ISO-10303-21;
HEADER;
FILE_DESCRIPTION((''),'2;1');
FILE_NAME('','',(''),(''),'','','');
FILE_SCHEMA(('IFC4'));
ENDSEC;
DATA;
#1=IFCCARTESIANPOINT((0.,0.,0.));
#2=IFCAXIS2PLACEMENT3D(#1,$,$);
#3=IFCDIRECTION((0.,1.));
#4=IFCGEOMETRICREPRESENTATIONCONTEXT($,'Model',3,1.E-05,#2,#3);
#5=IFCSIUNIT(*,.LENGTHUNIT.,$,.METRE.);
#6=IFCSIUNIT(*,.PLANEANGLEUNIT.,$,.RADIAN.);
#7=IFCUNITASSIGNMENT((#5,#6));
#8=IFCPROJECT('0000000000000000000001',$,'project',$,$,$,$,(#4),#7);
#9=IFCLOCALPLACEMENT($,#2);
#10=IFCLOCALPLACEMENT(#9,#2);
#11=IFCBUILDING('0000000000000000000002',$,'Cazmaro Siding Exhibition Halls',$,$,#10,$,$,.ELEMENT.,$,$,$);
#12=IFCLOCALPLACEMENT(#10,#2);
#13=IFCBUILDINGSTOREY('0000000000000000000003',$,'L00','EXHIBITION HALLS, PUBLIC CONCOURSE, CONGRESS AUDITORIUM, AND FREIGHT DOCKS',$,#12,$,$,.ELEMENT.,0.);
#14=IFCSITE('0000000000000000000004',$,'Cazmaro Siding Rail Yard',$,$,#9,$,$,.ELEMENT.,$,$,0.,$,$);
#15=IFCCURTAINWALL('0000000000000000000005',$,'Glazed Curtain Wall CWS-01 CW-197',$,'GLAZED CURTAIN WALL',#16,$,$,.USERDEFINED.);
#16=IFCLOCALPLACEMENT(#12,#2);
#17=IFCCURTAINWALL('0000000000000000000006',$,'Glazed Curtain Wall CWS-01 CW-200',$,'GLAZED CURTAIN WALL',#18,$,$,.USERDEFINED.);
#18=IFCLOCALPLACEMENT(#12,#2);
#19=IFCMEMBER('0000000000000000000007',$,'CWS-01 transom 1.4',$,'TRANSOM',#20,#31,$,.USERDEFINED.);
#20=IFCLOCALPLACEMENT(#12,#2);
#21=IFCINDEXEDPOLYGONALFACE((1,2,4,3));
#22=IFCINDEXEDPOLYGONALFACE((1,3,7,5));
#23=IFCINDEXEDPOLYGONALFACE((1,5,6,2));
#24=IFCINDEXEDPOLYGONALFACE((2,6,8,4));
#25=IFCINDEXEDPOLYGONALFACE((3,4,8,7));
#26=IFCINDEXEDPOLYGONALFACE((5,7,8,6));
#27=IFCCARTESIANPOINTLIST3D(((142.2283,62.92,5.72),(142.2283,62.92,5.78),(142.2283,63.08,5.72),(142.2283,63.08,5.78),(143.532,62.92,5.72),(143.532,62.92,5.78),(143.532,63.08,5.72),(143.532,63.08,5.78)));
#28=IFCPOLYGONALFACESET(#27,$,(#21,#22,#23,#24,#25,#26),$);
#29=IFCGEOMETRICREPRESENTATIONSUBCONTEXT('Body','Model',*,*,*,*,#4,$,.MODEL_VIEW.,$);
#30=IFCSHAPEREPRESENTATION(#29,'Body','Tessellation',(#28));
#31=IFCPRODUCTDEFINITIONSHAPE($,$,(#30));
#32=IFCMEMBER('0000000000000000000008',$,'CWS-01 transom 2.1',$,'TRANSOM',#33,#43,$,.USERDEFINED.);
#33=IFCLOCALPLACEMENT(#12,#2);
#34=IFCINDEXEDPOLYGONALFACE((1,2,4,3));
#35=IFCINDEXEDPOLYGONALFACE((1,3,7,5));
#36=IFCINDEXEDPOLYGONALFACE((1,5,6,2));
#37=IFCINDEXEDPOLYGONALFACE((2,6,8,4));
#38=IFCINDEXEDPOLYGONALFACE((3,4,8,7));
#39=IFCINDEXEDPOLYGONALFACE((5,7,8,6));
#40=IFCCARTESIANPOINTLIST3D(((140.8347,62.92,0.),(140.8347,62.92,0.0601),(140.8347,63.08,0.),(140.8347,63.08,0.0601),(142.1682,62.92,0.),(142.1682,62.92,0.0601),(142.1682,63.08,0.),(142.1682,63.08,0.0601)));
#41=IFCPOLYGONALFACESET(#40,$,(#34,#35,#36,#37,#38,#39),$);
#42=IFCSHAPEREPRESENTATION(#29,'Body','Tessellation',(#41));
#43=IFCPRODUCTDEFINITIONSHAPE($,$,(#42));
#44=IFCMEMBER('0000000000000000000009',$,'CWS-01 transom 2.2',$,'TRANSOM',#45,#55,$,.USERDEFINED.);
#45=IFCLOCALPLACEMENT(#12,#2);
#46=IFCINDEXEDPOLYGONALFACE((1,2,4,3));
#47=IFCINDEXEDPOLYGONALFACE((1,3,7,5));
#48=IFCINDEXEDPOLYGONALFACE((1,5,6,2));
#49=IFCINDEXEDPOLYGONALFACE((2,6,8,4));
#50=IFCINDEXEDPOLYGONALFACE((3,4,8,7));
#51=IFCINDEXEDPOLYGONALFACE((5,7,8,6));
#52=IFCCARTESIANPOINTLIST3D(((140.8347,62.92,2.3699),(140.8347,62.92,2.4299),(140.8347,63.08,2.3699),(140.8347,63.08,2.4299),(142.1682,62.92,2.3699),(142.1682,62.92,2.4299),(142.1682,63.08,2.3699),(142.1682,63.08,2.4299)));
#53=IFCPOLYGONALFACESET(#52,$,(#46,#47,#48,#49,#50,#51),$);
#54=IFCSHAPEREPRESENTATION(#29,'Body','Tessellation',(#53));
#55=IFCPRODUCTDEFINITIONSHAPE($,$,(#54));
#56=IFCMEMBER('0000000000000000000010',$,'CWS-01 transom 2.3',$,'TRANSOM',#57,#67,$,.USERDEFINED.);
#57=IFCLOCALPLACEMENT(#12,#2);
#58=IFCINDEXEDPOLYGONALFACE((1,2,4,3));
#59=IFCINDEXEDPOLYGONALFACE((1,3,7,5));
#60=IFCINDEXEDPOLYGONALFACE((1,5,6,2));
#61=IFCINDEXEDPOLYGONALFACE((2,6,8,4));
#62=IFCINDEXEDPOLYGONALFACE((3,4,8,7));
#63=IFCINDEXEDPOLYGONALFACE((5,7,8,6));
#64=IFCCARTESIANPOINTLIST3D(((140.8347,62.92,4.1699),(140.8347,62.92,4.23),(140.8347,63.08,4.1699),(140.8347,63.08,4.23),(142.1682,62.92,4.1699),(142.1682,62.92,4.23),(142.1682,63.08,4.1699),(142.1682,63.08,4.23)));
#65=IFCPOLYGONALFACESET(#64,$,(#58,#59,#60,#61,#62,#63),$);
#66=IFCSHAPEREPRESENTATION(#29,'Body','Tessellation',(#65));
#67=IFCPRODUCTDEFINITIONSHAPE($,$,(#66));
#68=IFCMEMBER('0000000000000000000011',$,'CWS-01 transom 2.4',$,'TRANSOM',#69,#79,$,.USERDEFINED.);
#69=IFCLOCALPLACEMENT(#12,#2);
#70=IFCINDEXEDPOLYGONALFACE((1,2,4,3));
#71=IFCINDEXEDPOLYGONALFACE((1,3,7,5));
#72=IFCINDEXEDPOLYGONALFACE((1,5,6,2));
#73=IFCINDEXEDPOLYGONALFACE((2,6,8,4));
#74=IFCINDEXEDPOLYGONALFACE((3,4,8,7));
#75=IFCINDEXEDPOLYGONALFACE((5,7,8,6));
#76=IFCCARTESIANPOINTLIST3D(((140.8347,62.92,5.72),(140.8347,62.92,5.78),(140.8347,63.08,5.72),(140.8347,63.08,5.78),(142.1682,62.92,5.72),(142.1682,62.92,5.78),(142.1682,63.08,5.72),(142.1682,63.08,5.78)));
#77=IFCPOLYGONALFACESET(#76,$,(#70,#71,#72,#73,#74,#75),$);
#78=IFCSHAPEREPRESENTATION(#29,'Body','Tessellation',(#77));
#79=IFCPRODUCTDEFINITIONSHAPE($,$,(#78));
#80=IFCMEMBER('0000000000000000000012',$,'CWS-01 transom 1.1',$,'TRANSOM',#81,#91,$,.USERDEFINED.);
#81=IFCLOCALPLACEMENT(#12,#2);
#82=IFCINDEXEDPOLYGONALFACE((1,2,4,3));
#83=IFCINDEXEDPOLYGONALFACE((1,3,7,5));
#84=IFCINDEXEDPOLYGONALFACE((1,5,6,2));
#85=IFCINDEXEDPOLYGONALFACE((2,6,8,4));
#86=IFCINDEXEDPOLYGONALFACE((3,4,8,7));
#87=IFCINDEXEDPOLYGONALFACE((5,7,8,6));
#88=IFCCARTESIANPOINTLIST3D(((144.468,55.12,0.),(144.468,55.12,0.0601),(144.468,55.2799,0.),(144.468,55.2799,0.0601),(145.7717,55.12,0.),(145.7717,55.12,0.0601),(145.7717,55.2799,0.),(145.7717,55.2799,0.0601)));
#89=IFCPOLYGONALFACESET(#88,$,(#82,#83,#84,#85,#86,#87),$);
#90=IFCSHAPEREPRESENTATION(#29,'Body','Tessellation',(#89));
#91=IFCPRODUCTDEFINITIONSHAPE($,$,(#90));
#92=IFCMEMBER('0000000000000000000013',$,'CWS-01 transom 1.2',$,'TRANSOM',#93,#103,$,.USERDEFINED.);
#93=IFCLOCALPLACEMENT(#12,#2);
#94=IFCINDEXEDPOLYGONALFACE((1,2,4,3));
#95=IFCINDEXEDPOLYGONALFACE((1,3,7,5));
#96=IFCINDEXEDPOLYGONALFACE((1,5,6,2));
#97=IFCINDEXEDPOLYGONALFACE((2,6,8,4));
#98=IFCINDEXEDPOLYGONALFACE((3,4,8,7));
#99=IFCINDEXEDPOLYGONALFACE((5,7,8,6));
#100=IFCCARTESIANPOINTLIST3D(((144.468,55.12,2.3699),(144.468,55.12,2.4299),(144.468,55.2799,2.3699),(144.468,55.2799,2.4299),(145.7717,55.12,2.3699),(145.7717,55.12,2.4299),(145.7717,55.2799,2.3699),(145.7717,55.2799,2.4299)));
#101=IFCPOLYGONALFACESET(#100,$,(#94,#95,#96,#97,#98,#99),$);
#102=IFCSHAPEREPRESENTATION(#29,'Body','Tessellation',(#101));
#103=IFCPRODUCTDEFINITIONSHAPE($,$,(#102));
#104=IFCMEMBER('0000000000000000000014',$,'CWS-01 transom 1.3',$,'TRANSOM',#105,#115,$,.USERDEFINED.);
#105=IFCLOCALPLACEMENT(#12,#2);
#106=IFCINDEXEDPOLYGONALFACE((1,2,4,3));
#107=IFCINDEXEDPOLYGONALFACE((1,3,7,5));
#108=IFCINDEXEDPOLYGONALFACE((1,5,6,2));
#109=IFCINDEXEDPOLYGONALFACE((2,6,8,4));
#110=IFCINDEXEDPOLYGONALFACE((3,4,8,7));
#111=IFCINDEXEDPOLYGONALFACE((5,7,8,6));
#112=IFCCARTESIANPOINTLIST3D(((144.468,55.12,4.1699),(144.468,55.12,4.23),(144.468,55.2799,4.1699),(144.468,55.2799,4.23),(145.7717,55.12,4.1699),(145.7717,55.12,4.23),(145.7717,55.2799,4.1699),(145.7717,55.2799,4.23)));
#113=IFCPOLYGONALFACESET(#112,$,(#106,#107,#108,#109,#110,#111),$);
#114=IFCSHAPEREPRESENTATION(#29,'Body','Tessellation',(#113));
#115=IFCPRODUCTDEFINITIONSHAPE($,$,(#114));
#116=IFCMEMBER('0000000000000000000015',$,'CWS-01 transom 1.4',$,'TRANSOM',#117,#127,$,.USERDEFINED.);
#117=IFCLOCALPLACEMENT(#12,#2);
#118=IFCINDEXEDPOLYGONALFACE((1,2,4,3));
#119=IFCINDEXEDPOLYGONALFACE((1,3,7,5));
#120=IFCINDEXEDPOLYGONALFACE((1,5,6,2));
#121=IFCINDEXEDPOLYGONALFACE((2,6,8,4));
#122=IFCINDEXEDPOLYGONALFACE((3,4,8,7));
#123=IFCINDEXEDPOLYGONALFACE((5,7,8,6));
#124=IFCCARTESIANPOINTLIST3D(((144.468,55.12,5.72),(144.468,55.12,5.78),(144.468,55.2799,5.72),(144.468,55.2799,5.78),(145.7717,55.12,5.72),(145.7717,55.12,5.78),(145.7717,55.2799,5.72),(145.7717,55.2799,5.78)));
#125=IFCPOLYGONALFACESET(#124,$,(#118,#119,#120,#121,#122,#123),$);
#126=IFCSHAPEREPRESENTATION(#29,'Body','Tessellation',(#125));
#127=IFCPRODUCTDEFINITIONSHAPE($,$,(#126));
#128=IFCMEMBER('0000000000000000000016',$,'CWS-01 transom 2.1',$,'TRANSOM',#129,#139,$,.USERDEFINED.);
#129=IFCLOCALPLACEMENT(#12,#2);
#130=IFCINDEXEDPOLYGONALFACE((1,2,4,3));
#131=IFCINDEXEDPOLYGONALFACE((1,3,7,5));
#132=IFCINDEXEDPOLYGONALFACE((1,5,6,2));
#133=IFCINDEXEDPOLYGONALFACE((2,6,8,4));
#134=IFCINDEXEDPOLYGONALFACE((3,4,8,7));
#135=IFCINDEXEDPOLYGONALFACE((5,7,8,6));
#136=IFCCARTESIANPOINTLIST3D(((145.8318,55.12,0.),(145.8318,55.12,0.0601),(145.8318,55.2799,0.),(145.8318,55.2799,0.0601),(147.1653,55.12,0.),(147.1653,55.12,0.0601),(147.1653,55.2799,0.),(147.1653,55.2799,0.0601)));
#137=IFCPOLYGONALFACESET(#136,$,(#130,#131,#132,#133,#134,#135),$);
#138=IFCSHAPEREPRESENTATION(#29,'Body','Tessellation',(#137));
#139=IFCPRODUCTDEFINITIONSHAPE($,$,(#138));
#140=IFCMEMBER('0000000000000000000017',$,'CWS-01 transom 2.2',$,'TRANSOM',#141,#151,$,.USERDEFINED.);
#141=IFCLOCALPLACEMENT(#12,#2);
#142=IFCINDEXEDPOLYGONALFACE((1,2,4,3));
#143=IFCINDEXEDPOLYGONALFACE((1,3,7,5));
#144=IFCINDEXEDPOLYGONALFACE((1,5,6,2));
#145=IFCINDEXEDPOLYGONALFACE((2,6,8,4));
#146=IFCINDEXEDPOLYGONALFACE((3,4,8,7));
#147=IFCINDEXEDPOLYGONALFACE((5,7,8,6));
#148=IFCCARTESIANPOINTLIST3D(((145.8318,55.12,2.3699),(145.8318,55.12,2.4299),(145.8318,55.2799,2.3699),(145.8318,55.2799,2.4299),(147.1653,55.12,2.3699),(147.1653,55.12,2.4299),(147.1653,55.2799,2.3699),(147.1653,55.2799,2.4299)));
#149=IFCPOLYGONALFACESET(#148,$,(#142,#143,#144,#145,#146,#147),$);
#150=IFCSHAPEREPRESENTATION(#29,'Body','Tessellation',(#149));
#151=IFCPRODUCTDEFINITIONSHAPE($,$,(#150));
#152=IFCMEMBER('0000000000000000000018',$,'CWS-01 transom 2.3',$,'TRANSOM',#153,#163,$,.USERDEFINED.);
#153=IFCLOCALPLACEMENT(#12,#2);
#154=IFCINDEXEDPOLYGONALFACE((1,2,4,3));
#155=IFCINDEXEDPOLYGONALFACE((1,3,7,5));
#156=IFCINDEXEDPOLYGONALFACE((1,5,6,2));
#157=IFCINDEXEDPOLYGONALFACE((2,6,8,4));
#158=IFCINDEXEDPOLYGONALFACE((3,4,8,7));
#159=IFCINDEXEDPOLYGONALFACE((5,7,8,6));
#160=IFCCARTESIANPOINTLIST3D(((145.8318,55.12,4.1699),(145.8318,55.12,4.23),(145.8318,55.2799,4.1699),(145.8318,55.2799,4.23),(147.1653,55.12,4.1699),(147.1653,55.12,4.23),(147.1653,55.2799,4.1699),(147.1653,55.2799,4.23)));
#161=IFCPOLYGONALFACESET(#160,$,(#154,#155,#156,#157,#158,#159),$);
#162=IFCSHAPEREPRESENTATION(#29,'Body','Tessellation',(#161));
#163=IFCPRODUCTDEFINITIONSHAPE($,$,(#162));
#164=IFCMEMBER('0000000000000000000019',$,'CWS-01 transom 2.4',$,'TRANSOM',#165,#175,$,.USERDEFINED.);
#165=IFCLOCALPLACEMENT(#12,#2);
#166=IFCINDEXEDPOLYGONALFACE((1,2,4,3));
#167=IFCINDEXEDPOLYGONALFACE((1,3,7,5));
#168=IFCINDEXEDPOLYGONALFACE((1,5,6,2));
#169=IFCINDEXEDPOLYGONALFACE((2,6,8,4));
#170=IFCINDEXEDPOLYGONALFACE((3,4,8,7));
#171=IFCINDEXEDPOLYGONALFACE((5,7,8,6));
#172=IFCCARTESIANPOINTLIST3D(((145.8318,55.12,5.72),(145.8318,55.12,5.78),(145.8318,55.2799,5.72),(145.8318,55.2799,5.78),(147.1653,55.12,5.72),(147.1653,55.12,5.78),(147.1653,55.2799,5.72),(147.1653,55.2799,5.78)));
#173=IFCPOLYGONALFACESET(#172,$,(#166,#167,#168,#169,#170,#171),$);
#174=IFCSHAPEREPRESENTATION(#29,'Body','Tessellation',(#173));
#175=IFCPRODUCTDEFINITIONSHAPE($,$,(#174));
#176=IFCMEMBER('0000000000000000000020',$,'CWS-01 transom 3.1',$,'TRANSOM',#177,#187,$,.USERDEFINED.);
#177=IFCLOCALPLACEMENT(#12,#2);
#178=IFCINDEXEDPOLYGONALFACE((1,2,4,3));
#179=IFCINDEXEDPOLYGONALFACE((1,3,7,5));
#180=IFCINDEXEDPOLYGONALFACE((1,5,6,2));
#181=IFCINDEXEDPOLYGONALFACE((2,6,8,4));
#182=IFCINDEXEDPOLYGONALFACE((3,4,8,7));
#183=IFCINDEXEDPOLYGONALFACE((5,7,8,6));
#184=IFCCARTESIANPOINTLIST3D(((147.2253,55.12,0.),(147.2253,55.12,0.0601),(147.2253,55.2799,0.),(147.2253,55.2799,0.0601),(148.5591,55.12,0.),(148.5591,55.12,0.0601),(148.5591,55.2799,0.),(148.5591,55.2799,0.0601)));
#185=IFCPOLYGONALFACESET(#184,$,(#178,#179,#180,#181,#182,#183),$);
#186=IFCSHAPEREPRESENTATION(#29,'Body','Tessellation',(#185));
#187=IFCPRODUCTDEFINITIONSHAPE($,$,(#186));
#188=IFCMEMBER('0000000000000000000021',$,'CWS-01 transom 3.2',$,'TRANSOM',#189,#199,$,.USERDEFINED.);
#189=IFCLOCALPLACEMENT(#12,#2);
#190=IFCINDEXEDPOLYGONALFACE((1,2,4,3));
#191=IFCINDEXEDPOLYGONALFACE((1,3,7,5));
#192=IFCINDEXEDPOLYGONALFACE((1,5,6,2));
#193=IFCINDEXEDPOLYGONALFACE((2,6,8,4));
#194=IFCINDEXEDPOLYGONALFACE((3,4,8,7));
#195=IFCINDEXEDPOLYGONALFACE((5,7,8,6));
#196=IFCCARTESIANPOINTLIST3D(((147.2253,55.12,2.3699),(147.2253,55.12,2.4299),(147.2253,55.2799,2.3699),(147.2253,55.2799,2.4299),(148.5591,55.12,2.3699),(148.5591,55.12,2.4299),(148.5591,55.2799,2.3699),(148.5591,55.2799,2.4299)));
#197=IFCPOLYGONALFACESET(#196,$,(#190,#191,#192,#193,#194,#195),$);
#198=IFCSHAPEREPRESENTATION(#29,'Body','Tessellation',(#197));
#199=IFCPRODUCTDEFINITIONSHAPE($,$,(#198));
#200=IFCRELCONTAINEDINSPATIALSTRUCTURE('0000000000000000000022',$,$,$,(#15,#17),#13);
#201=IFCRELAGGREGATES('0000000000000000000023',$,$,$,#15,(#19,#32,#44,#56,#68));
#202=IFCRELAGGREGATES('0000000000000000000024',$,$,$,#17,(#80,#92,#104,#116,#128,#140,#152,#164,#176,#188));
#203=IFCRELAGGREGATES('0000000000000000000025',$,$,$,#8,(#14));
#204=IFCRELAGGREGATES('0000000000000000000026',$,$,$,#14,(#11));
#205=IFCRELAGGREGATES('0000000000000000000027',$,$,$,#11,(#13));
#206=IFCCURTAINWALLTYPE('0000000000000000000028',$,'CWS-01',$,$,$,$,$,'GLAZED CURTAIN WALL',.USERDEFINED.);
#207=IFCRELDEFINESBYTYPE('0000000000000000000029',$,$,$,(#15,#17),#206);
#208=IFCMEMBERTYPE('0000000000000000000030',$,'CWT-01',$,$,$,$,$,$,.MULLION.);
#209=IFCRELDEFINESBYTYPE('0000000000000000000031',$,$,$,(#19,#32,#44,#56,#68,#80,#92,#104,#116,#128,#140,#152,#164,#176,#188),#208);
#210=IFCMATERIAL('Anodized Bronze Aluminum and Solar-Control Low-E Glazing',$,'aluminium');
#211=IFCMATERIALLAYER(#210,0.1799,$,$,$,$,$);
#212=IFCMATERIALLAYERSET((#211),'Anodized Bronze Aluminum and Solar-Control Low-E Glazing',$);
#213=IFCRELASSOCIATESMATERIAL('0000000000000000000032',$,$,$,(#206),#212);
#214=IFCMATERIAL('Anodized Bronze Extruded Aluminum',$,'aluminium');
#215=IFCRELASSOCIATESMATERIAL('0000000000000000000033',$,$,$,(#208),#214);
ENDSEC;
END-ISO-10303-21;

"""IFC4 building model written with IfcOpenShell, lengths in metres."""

from ifc_helpers import new_model, si_unit, direction, frame, origin, origin_2d, place, context, subcontext, project, spatial, rectangle, extrude, material, layer, layer_set, material_profile, profile_set, type_object, element, aggregate, save


model = new_model("IFC4")

# Units and contexts
model_context = context("Model", 3, precision=1e-05, world=origin(), true_north=direction((0.0, 1.0)))
body_context = subcontext(model_context, "Body", "Model", "MODEL_VIEW")
ifc_project = project(units=[si_unit("LENGTHUNIT", "METRE"), si_unit("PLANEANGLEUNIT", "RADIAN")], contexts=[model_context])

# Site, building, storey
site_placement = place(None, origin())
site = spatial("IfcSite", under=ifc_project, at=site_placement, Name="Cazmaro Siding Rail Yard", CompositionType="ELEMENT", RefElevation=0.0)
building_placement = place(site_placement, origin())
building = spatial("IfcBuilding", under=site, at=building_placement, Name="Cazmaro Siding Exhibition Halls", CompositionType="ELEMENT")
storey_placement = place(building_placement, origin())
storey = spatial("IfcBuildingStorey", under=building, at=storey_placement, Name="L00", Description="EXHIBITION HALLS, PUBLIC CONCOURSE, CONGRESS AUDITORIUM, AND FREIGHT DOCKS", CompositionType="ELEMENT", Elevation=0.0)

# Curtain walls
ifc_material_1 = material(Name="Anodized Bronze Aluminum and Solar-Control Low-E Glazing", Category="aluminium")
ifc_layer_1 = layer(ifc_material_1, 0.1799)
ifc_layer_set_1 = layer_set([ifc_layer_1], Name="Anodized Bronze Aluminum and Solar-Control Low-E Glazing")
curtain_wall_type = type_object("IfcCurtainWallType", Name="CWS-01", ElementType="GLAZED CURTAIN WALL", PredefinedType="USERDEFINED", material=ifc_layer_set_1)
curtain_wall_1_placement = place(storey_placement, origin())
curtain_wall_1 = element("IfcCurtainWall", 1, at=curtain_wall_1_placement, inside=storey, type_object=curtain_wall_type, Name="Glazed Curtain Wall CWS-01 CW-197", ObjectType="GLAZED CURTAIN WALL", PredefinedType="USERDEFINED")
curtain_wall_2_placement = place(storey_placement, origin())
curtain_wall_2 = element("IfcCurtainWall", 2, at=curtain_wall_2_placement, inside=storey, type_object=curtain_wall_type, Name="Glazed Curtain Wall CWS-01 CW-200", ObjectType="GLAZED CURTAIN WALL", PredefinedType="USERDEFINED")

# Members
ifc_material_2 = material(Name="Anodized Bronze Extruded Aluminum", Category="aluminium")
ifc_material_profile_1 = material_profile(ifc_material_2, rectangle(XDim=0.1599, YDim=0.0601, at=origin_2d()), Name="CWT-01")
ifc_profile_set_1 = profile_set([ifc_material_profile_1], Name="Anodized Bronze Extruded Aluminum")
member_type_1 = type_object("IfcMemberType", Name="CWT-01", PredefinedType="MULLION", material=ifc_profile_set_1)
member_1_placement = place(storey_placement, frame((143.532, 63.0, 5.75), z_axis=(-1.0, 0.0, 0.0), x_axis=(0.0, -1.0, 0.0)))
member_1 = element("IfcMember", 3, at=member_1_placement, type_object=member_type_1, Name="CWS-01 transom 1.4", ObjectType="TRANSOM", PredefinedType="USERDEFINED", context=body_context, shape_type="SweptSolid", body=[
    extrude(rectangle(XDim=0.1599, YDim=0.0601, at=origin_2d()), origin(), (0.0, 0.0, 1.0), 1.3037),
])
member_2_placement = place(storey_placement, frame((142.1682, 63.0, 0.03), z_axis=(-1.0, 0.0, 0.0), x_axis=(0.0, -1.0, 0.0)))
member_2 = element("IfcMember", 4, at=member_2_placement, type_object=member_type_1, Name="CWS-01 transom 2.1", ObjectType="TRANSOM", PredefinedType="USERDEFINED", context=body_context, shape_type="SweptSolid", body=[
    extrude(rectangle(XDim=0.1599, YDim=0.0601, at=origin_2d()), origin(), (0.0, 0.0, 1.0), 1.3335),
])
member_3_placement = place(storey_placement, frame((142.1682, 63.0, 2.3999), z_axis=(-1.0, 0.0, 0.0), x_axis=(0.0, -1.0, 0.0)))
member_3 = element("IfcMember", 5, at=member_3_placement, type_object=member_type_1, Name="CWS-01 transom 2.2", ObjectType="TRANSOM", PredefinedType="USERDEFINED", context=body_context, shape_type="SweptSolid", body=[
    extrude(rectangle(XDim=0.1599, YDim=0.0601, at=origin_2d()), origin(), (0.0, 0.0, 1.0), 1.3335),
])
member_4_placement = place(storey_placement, frame((142.1682, 63.0, 4.2), z_axis=(-1.0, 0.0, 0.0), x_axis=(0.0, -1.0, 0.0)))
member_4 = element("IfcMember", 6, at=member_4_placement, type_object=member_type_1, Name="CWS-01 transom 2.3", ObjectType="TRANSOM", PredefinedType="USERDEFINED", context=body_context, shape_type="SweptSolid", body=[
    extrude(rectangle(XDim=0.1599, YDim=0.0601, at=origin_2d()), origin(), (0.0, 0.0, 1.0), 1.3335),
])
member_5_placement = place(storey_placement, frame((142.1682, 63.0, 5.75), z_axis=(-1.0, 0.0, 0.0), x_axis=(0.0, -1.0, 0.0)))
member_5 = element("IfcMember", 7, at=member_5_placement, type_object=member_type_1, Name="CWS-01 transom 2.4", ObjectType="TRANSOM", PredefinedType="USERDEFINED", context=body_context, shape_type="SweptSolid", body=[
    extrude(rectangle(XDim=0.1599, YDim=0.0601, at=origin_2d()), origin(), (0.0, 0.0, 1.0), 1.3335),
])
member_6_placement = place(storey_placement, frame((144.468, 55.2, 0.03), z_axis=(1.0, 0.0, 0.0), x_axis=(0.0, 1.0, 0.0)))
member_6 = element("IfcMember", 8, at=member_6_placement, type_object=member_type_1, Name="CWS-01 transom 1.1", ObjectType="TRANSOM", PredefinedType="USERDEFINED", context=body_context, shape_type="SweptSolid", body=[
    extrude(rectangle(XDim=0.1599, YDim=0.0601, at=origin_2d()), origin(), (0.0, 0.0, 1.0), 1.3037),
])
member_7_placement = place(storey_placement, frame((144.468, 55.2, 2.3999), z_axis=(1.0, 0.0, 0.0), x_axis=(0.0, 1.0, 0.0)))
member_7 = element("IfcMember", 9, at=member_7_placement, type_object=member_type_1, Name="CWS-01 transom 1.2", ObjectType="TRANSOM", PredefinedType="USERDEFINED", context=body_context, shape_type="SweptSolid", body=[
    extrude(rectangle(XDim=0.1599, YDim=0.0601, at=origin_2d()), origin(), (0.0, 0.0, 1.0), 1.3037),
])
member_8_placement = place(storey_placement, frame((144.468, 55.2, 4.2), z_axis=(1.0, 0.0, 0.0), x_axis=(0.0, 1.0, 0.0)))
member_8 = element("IfcMember", 10, at=member_8_placement, type_object=member_type_1, Name="CWS-01 transom 1.3", ObjectType="TRANSOM", PredefinedType="USERDEFINED", context=body_context, shape_type="SweptSolid", body=[
    extrude(rectangle(XDim=0.1599, YDim=0.0601, at=origin_2d()), origin(), (0.0, 0.0, 1.0), 1.3037),
])
member_9_placement = place(storey_placement, frame((144.468, 55.2, 5.75), z_axis=(1.0, 0.0, 0.0), x_axis=(0.0, 1.0, 0.0)))
member_9 = element("IfcMember", 11, at=member_9_placement, type_object=member_type_1, Name="CWS-01 transom 1.4", ObjectType="TRANSOM", PredefinedType="USERDEFINED", context=body_context, shape_type="SweptSolid", body=[
    extrude(rectangle(XDim=0.1599, YDim=0.0601, at=origin_2d()), origin(), (0.0, 0.0, 1.0), 1.3037),
])
member_10_placement = place(storey_placement, frame((145.8318, 55.2, 0.03), z_axis=(1.0, 0.0, 0.0), x_axis=(0.0, 1.0, 0.0)))
member_10 = element("IfcMember", 12, at=member_10_placement, type_object=member_type_1, Name="CWS-01 transom 2.1", ObjectType="TRANSOM", PredefinedType="USERDEFINED", context=body_context, shape_type="SweptSolid", body=[
    extrude(rectangle(XDim=0.1599, YDim=0.0601, at=origin_2d()), origin(), (0.0, 0.0, 1.0), 1.3335),
])
member_11_placement = place(storey_placement, frame((145.8318, 55.2, 2.3999), z_axis=(1.0, 0.0, 0.0), x_axis=(0.0, 1.0, 0.0)))
member_11 = element("IfcMember", 13, at=member_11_placement, type_object=member_type_1, Name="CWS-01 transom 2.2", ObjectType="TRANSOM", PredefinedType="USERDEFINED", context=body_context, shape_type="SweptSolid", body=[
    extrude(rectangle(XDim=0.1599, YDim=0.0601, at=origin_2d()), origin(), (0.0, 0.0, 1.0), 1.3335),
])
member_12_placement = place(storey_placement, frame((145.8318, 55.2, 4.2), z_axis=(1.0, 0.0, 0.0), x_axis=(0.0, 1.0, 0.0)))
member_12 = element("IfcMember", 14, at=member_12_placement, type_object=member_type_1, Name="CWS-01 transom 2.3", ObjectType="TRANSOM", PredefinedType="USERDEFINED", context=body_context, shape_type="SweptSolid", body=[
    extrude(rectangle(XDim=0.1599, YDim=0.0601, at=origin_2d()), origin(), (0.0, 0.0, 1.0), 1.3335),
])
member_13_placement = place(storey_placement, frame((145.8318, 55.2, 5.75), z_axis=(1.0, 0.0, 0.0), x_axis=(0.0, 1.0, 0.0)))
member_13 = element("IfcMember", 15, at=member_13_placement, type_object=member_type_1, Name="CWS-01 transom 2.4", ObjectType="TRANSOM", PredefinedType="USERDEFINED", context=body_context, shape_type="SweptSolid", body=[
    extrude(rectangle(XDim=0.1599, YDim=0.0601, at=origin_2d()), origin(), (0.0, 0.0, 1.0), 1.3335),
])
member_14_placement = place(storey_placement, frame((147.2253, 55.2, 0.03), z_axis=(1.0, 0.0, 0.0), x_axis=(0.0, 1.0, 0.0)))
member_14 = element("IfcMember", 16, at=member_14_placement, type_object=member_type_1, Name="CWS-01 transom 3.1", ObjectType="TRANSOM", PredefinedType="USERDEFINED", context=body_context, shape_type="SweptSolid", body=[
    extrude(rectangle(XDim=0.1599, YDim=0.0601, at=origin_2d()), origin(), (0.0, 0.0, 1.0), 1.3337),
])
member_15_placement = place(storey_placement, frame((147.2253, 55.2, 2.3999), z_axis=(1.0, 0.0, 0.0), x_axis=(0.0, 1.0, 0.0)))
member_15 = element("IfcMember", 17, at=member_15_placement, type_object=member_type_1, Name="CWS-01 transom 3.2", ObjectType="TRANSOM", PredefinedType="USERDEFINED", context=body_context, shape_type="SweptSolid", body=[
    extrude(rectangle(XDim=0.1599, YDim=0.0601, at=origin_2d()), origin(), (0.0, 0.0, 1.0), 1.3337),
])

aggregate(curtain_wall_1, [member_1, member_2, member_3, member_4, member_5])
aggregate(curtain_wall_2, [member_6, member_7, member_8, member_9, member_10, member_11, member_12, member_13, member_14, member_15])

save(model, "model.ifc")
